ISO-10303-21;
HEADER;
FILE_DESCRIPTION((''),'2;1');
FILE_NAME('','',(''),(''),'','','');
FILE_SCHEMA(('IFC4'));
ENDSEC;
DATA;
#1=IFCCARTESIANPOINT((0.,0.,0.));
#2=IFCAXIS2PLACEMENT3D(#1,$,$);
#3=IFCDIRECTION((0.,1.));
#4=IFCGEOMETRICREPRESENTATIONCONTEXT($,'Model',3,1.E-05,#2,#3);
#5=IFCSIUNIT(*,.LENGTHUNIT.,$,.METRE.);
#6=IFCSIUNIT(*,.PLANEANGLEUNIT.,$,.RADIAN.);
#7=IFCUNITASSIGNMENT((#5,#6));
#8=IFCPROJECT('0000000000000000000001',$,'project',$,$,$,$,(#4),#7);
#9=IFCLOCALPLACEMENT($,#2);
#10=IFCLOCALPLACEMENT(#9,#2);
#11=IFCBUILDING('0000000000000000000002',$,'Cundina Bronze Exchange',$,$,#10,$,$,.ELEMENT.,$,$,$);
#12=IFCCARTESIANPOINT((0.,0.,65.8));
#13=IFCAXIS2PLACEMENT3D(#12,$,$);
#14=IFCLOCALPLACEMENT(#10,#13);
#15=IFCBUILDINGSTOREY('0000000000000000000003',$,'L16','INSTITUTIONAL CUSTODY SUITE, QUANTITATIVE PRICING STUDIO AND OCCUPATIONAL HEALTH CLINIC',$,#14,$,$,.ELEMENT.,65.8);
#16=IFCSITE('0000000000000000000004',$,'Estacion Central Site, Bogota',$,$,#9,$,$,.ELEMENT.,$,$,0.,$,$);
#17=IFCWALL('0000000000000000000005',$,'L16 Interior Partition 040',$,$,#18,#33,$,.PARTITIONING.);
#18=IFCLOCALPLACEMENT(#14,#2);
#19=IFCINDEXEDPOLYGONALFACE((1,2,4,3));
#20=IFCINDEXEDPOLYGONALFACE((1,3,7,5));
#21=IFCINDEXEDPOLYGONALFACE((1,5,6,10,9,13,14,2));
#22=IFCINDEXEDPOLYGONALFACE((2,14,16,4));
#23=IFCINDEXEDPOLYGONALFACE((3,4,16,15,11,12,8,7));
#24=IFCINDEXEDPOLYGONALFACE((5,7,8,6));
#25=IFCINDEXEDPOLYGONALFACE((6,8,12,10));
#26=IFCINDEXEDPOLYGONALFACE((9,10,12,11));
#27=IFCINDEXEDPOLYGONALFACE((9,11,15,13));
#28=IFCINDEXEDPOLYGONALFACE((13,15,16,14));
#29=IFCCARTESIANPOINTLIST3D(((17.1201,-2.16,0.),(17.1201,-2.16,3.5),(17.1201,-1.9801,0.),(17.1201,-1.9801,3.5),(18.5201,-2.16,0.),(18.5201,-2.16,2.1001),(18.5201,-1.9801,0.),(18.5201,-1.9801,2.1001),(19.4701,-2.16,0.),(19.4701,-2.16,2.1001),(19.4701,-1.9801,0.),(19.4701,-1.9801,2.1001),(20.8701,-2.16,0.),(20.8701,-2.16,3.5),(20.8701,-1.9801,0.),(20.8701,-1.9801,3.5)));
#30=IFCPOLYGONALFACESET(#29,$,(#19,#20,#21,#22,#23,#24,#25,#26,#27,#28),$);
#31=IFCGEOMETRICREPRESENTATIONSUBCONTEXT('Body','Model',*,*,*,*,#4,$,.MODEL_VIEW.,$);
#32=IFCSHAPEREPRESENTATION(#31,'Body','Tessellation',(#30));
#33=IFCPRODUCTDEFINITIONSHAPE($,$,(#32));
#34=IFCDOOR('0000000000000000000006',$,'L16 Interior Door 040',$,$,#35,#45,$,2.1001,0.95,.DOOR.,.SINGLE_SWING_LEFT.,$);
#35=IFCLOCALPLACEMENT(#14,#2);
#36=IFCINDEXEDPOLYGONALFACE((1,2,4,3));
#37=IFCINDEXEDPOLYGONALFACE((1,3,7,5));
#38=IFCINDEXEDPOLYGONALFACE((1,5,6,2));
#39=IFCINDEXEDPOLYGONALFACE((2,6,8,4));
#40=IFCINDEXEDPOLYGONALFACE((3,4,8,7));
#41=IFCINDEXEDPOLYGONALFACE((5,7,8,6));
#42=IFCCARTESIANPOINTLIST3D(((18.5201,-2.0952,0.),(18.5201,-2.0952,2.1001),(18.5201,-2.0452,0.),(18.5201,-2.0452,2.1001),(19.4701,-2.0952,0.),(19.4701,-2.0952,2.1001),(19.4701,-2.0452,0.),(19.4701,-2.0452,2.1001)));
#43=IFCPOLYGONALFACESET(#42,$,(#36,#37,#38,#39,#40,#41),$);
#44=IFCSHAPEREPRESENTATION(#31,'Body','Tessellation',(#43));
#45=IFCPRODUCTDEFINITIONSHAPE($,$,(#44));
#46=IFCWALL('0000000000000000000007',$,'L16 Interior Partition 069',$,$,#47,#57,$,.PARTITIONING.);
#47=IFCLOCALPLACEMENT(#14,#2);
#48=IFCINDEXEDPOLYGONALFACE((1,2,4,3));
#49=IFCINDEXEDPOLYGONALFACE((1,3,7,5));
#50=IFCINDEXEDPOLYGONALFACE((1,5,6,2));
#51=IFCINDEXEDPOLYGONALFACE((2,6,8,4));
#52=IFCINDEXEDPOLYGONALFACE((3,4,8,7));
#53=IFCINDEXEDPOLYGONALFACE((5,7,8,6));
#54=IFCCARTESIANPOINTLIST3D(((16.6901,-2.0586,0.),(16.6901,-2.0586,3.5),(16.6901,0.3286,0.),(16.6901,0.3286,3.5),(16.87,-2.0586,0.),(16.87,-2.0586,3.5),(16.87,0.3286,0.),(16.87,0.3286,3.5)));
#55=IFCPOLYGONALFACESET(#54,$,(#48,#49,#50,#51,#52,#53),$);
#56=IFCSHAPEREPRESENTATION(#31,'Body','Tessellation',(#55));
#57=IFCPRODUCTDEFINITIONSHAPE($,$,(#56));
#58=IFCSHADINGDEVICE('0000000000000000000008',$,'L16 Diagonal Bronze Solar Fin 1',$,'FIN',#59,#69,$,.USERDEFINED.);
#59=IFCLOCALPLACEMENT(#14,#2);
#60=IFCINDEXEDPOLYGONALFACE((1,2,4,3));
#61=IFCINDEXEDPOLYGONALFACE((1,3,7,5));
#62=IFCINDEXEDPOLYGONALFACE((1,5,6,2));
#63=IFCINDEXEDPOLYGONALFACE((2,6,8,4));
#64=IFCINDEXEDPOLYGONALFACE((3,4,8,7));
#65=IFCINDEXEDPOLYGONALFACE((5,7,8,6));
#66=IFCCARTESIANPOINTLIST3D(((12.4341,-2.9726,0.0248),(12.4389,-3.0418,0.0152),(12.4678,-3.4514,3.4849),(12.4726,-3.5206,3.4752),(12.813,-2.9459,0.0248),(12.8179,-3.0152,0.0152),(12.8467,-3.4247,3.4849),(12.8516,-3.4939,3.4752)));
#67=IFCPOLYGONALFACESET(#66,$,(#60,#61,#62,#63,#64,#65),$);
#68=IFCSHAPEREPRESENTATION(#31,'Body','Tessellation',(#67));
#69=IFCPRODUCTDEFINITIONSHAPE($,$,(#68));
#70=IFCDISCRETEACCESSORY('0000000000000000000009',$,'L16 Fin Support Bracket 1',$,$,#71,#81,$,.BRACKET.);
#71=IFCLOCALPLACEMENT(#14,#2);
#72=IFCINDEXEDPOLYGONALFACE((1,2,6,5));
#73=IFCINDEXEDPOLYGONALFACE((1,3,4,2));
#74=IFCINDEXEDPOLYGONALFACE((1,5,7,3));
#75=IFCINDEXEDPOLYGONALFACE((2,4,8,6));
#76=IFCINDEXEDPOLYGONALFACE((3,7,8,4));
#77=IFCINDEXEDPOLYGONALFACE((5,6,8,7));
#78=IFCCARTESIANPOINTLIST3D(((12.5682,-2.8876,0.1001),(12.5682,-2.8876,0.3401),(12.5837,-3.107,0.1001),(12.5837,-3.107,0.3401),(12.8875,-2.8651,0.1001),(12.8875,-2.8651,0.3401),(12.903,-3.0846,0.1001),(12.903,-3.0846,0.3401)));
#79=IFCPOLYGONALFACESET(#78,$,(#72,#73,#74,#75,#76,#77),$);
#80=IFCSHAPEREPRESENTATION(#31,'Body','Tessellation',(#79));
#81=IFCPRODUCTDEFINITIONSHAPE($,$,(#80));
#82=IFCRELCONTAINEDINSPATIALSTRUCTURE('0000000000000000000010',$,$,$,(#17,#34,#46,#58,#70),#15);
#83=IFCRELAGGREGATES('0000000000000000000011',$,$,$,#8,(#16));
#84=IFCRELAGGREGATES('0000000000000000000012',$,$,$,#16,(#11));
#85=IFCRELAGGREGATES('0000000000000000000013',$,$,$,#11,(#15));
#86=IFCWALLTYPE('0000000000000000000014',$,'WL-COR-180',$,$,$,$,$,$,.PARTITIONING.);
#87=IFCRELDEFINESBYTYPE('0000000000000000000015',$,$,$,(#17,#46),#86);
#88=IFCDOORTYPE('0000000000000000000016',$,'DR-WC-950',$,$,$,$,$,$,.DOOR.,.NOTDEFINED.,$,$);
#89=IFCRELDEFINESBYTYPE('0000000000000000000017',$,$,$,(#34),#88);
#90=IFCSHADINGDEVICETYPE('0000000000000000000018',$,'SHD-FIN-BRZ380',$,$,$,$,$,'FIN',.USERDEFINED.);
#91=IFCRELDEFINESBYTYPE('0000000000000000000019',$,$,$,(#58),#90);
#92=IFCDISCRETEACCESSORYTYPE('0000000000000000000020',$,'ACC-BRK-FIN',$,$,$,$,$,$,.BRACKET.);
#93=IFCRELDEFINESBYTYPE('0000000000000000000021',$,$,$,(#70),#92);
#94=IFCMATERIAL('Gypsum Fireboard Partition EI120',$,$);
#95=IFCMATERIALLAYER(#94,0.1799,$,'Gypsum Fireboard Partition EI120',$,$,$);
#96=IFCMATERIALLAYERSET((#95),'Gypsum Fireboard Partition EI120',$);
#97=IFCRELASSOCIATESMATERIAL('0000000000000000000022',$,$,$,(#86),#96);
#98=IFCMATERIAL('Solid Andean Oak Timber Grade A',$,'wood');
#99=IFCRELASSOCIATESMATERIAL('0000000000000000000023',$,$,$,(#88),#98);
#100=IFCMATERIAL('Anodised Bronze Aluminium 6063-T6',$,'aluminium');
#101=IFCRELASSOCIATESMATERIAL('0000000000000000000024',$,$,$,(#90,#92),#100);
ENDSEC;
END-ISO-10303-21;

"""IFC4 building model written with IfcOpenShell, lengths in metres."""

from ifc_helpers import new_model, si_unit, direction, frame, frame_2d, origin, origin_2d, place, context, subcontext, project, spatial, rectangle, extrude, material, layer, layer_set, material_profile, profile_set, type_object, element, fill, save


model = new_model("IFC4")

# Units and contexts
model_context = context("Model", 3, precision=1e-05, world=origin(), true_north=direction((0.0, 1.0)))
body_context = subcontext(model_context, "Body", "Model", "MODEL_VIEW")
ifc_project = project(units=[si_unit("LENGTHUNIT", "METRE"), si_unit("PLANEANGLEUNIT", "RADIAN")], contexts=[model_context])

# Site, building, storey
site_placement = place(None, origin())
site = spatial("IfcSite", under=ifc_project, at=site_placement, Name="Estacion Central Site, Bogota", CompositionType="ELEMENT", RefElevation=0.0)
building_placement = place(site_placement, origin())
building = spatial("IfcBuilding", under=site, at=building_placement, Name="Cundina Bronze Exchange", CompositionType="ELEMENT")
storey_placement = place(building_placement, frame((0.0, 0.0, 65.8)))
storey = spatial("IfcBuildingStorey", under=building, at=storey_placement, Name="L16", Description="INSTITUTIONAL CUSTODY SUITE, QUANTITATIVE PRICING STUDIO AND OCCUPATIONAL HEALTH CLINIC", CompositionType="ELEMENT", Elevation=65.8)

# Shared definitions
ifc_material_1 = material(Name="Anodised Bronze Aluminium 6063-T6", Category="aluminium")

# Wall, opening, door
ifc_material_2 = material(Name="Gypsum Fireboard Partition EI120")
ifc_layer_1 = layer(ifc_material_2, 0.1799, Name="Gypsum Fireboard Partition EI120")
ifc_layer_set_1 = layer_set([ifc_layer_1], Name="Gypsum Fireboard Partition EI120")
wall_type = type_object("IfcWallType", Name="WL-COR-180", PredefinedType="PARTITIONING", material=ifc_layer_set_1)
wall_1_placement = place(storey_placement, frame((17.1201, -2.0701, 0.0), z_axis=(0.0, 0.0, 1.0), x_axis=(1.0, 0.0, 0.0)))
wall_1 = element("IfcWall", 1, at=wall_1_placement, inside=storey, type_object=wall_type, Name="L16 Interior Partition 040", PredefinedType="PARTITIONING", context=body_context, shape_type="SweptSolid", body=[
    extrude(rectangle(XDim=3.75, YDim=0.1799, at=frame_2d((1.875, 0.0))), origin(), (0.0, 0.0, 1.0), 3.5),
])
opening_placement = place(wall_1_placement, frame((1.3999, 0.0, 0.0)))
opening = element("IfcOpeningElement", 2, at=opening_placement, cuts=wall_1, PredefinedType="OPENING", context=body_context, shape_type="SweptSolid", body=[
    extrude(rectangle(XDim=0.95, YDim=2.1001, at=frame_2d((0.4751, 1.05))), frame((0.0, 0.0999, 0.0), z_axis=(0.0, -1.0, 0.0), x_axis=(1.0, 0.0, 0.0)), (0.0, 0.0, 1.0), 0.2),
])
ifc_material_3 = material(Name="Solid Andean Oak Timber Grade A", Category="wood")
door_type = type_object("IfcDoorType", Name="DR-WC-950", OperationType="NOTDEFINED", PredefinedType="DOOR", material=ifc_material_3)
door_placement = place(opening_placement, origin())
door = element("IfcDoor", 3, at=door_placement, inside=storey, type_object=door_type, Name="L16 Interior Door 040", OperationType="SINGLE_SWING_LEFT", OverallHeight=2.1001, OverallWidth=0.95, PredefinedType="DOOR", context=body_context, shape_type="SweptSolid", body=[
    extrude(rectangle(XDim=0.95, YDim=2.1001, at=frame_2d((0.4751, 1.05))), frame((0.0, 0.0249, 0.0), z_axis=(0.0, -1.0, 0.0), x_axis=(1.0, 0.0, 0.0)), (0.0, 0.0, 1.0), 0.05),
])
fill(opening, door)

# Wall
wall_2_placement = place(storey_placement, frame((16.78, 0.3286, 0.0), z_axis=(0.0, 0.0, 1.0), x_axis=(0.0, -1.0, 0.0)))
element("IfcWall", 4, at=wall_2_placement, inside=storey, type_object=wall_type, Name="L16 Interior Partition 069", PredefinedType="PARTITIONING", context=body_context, shape_type="SweptSolid", body=[
    extrude(rectangle(XDim=2.3872, YDim=0.1799, at=frame_2d((1.1936, 0.0))), origin(), (0.0, 0.0, 1.0), 3.5),
])

# Shading device
ifc_material_profile_1 = material_profile(ifc_material_1, rectangle(XDim=0.0701, YDim=0.3799, at=origin_2d()), Name="FIN70X380", Category="aluminium")
ifc_profile_set_1 = profile_set([ifc_material_profile_1], Name="Anodised Bronze Aluminium 6063-T6")
shading_device_type = type_object("IfcShadingDeviceType", Name="SHD-FIN-BRZ380", ElementType="FIN", PredefinedType="USERDEFINED", material=ifc_profile_set_1)
shading_device_placement = place(storey_placement, frame((12.626, -2.9939, 0.02), z_axis=(0.009645, -0.137059, 0.990516), x_axis=(-0.069533, 0.988072, 0.137398)))
element("IfcShadingDevice", 5, at=shading_device_placement, inside=storey, type_object=shading_device_type, Name="L16 Diagonal Bronze Solar Fin 1", ObjectType="FIN", PredefinedType="USERDEFINED", context=body_context, shape_type="SweptSolid", body=[
    extrude(rectangle(XDim=0.0701, YDim=0.3799, at=origin_2d()), origin(), (0.0, 0.0, 1.0), 3.4932),
])

# Discrete accessory
discrete_accessory_type = type_object("IfcDiscreteAccessoryType", Name="ACC-BRK-FIN", PredefinedType="BRACKET", material=ifc_material_1)
discrete_accessory_placement = place(storey_placement, frame((12.7356, -2.9861, 0.1001), z_axis=(0.0, 0.0, 1.0), x_axis=(0.070279, -0.997527, 0.0)))
element("IfcDiscreteAccessory", 6, at=discrete_accessory_placement, inside=storey, type_object=discrete_accessory_type, Name="L16 Fin Support Bracket 1", PredefinedType="BRACKET", context=body_context, shape_type="SweptSolid", body=[
    extrude(rectangle(XDim=0.22, YDim=0.3201, at=origin_2d()), origin(), (0.0, 0.0, 1.0), 0.24),
])

save(model, "model.ifc")
